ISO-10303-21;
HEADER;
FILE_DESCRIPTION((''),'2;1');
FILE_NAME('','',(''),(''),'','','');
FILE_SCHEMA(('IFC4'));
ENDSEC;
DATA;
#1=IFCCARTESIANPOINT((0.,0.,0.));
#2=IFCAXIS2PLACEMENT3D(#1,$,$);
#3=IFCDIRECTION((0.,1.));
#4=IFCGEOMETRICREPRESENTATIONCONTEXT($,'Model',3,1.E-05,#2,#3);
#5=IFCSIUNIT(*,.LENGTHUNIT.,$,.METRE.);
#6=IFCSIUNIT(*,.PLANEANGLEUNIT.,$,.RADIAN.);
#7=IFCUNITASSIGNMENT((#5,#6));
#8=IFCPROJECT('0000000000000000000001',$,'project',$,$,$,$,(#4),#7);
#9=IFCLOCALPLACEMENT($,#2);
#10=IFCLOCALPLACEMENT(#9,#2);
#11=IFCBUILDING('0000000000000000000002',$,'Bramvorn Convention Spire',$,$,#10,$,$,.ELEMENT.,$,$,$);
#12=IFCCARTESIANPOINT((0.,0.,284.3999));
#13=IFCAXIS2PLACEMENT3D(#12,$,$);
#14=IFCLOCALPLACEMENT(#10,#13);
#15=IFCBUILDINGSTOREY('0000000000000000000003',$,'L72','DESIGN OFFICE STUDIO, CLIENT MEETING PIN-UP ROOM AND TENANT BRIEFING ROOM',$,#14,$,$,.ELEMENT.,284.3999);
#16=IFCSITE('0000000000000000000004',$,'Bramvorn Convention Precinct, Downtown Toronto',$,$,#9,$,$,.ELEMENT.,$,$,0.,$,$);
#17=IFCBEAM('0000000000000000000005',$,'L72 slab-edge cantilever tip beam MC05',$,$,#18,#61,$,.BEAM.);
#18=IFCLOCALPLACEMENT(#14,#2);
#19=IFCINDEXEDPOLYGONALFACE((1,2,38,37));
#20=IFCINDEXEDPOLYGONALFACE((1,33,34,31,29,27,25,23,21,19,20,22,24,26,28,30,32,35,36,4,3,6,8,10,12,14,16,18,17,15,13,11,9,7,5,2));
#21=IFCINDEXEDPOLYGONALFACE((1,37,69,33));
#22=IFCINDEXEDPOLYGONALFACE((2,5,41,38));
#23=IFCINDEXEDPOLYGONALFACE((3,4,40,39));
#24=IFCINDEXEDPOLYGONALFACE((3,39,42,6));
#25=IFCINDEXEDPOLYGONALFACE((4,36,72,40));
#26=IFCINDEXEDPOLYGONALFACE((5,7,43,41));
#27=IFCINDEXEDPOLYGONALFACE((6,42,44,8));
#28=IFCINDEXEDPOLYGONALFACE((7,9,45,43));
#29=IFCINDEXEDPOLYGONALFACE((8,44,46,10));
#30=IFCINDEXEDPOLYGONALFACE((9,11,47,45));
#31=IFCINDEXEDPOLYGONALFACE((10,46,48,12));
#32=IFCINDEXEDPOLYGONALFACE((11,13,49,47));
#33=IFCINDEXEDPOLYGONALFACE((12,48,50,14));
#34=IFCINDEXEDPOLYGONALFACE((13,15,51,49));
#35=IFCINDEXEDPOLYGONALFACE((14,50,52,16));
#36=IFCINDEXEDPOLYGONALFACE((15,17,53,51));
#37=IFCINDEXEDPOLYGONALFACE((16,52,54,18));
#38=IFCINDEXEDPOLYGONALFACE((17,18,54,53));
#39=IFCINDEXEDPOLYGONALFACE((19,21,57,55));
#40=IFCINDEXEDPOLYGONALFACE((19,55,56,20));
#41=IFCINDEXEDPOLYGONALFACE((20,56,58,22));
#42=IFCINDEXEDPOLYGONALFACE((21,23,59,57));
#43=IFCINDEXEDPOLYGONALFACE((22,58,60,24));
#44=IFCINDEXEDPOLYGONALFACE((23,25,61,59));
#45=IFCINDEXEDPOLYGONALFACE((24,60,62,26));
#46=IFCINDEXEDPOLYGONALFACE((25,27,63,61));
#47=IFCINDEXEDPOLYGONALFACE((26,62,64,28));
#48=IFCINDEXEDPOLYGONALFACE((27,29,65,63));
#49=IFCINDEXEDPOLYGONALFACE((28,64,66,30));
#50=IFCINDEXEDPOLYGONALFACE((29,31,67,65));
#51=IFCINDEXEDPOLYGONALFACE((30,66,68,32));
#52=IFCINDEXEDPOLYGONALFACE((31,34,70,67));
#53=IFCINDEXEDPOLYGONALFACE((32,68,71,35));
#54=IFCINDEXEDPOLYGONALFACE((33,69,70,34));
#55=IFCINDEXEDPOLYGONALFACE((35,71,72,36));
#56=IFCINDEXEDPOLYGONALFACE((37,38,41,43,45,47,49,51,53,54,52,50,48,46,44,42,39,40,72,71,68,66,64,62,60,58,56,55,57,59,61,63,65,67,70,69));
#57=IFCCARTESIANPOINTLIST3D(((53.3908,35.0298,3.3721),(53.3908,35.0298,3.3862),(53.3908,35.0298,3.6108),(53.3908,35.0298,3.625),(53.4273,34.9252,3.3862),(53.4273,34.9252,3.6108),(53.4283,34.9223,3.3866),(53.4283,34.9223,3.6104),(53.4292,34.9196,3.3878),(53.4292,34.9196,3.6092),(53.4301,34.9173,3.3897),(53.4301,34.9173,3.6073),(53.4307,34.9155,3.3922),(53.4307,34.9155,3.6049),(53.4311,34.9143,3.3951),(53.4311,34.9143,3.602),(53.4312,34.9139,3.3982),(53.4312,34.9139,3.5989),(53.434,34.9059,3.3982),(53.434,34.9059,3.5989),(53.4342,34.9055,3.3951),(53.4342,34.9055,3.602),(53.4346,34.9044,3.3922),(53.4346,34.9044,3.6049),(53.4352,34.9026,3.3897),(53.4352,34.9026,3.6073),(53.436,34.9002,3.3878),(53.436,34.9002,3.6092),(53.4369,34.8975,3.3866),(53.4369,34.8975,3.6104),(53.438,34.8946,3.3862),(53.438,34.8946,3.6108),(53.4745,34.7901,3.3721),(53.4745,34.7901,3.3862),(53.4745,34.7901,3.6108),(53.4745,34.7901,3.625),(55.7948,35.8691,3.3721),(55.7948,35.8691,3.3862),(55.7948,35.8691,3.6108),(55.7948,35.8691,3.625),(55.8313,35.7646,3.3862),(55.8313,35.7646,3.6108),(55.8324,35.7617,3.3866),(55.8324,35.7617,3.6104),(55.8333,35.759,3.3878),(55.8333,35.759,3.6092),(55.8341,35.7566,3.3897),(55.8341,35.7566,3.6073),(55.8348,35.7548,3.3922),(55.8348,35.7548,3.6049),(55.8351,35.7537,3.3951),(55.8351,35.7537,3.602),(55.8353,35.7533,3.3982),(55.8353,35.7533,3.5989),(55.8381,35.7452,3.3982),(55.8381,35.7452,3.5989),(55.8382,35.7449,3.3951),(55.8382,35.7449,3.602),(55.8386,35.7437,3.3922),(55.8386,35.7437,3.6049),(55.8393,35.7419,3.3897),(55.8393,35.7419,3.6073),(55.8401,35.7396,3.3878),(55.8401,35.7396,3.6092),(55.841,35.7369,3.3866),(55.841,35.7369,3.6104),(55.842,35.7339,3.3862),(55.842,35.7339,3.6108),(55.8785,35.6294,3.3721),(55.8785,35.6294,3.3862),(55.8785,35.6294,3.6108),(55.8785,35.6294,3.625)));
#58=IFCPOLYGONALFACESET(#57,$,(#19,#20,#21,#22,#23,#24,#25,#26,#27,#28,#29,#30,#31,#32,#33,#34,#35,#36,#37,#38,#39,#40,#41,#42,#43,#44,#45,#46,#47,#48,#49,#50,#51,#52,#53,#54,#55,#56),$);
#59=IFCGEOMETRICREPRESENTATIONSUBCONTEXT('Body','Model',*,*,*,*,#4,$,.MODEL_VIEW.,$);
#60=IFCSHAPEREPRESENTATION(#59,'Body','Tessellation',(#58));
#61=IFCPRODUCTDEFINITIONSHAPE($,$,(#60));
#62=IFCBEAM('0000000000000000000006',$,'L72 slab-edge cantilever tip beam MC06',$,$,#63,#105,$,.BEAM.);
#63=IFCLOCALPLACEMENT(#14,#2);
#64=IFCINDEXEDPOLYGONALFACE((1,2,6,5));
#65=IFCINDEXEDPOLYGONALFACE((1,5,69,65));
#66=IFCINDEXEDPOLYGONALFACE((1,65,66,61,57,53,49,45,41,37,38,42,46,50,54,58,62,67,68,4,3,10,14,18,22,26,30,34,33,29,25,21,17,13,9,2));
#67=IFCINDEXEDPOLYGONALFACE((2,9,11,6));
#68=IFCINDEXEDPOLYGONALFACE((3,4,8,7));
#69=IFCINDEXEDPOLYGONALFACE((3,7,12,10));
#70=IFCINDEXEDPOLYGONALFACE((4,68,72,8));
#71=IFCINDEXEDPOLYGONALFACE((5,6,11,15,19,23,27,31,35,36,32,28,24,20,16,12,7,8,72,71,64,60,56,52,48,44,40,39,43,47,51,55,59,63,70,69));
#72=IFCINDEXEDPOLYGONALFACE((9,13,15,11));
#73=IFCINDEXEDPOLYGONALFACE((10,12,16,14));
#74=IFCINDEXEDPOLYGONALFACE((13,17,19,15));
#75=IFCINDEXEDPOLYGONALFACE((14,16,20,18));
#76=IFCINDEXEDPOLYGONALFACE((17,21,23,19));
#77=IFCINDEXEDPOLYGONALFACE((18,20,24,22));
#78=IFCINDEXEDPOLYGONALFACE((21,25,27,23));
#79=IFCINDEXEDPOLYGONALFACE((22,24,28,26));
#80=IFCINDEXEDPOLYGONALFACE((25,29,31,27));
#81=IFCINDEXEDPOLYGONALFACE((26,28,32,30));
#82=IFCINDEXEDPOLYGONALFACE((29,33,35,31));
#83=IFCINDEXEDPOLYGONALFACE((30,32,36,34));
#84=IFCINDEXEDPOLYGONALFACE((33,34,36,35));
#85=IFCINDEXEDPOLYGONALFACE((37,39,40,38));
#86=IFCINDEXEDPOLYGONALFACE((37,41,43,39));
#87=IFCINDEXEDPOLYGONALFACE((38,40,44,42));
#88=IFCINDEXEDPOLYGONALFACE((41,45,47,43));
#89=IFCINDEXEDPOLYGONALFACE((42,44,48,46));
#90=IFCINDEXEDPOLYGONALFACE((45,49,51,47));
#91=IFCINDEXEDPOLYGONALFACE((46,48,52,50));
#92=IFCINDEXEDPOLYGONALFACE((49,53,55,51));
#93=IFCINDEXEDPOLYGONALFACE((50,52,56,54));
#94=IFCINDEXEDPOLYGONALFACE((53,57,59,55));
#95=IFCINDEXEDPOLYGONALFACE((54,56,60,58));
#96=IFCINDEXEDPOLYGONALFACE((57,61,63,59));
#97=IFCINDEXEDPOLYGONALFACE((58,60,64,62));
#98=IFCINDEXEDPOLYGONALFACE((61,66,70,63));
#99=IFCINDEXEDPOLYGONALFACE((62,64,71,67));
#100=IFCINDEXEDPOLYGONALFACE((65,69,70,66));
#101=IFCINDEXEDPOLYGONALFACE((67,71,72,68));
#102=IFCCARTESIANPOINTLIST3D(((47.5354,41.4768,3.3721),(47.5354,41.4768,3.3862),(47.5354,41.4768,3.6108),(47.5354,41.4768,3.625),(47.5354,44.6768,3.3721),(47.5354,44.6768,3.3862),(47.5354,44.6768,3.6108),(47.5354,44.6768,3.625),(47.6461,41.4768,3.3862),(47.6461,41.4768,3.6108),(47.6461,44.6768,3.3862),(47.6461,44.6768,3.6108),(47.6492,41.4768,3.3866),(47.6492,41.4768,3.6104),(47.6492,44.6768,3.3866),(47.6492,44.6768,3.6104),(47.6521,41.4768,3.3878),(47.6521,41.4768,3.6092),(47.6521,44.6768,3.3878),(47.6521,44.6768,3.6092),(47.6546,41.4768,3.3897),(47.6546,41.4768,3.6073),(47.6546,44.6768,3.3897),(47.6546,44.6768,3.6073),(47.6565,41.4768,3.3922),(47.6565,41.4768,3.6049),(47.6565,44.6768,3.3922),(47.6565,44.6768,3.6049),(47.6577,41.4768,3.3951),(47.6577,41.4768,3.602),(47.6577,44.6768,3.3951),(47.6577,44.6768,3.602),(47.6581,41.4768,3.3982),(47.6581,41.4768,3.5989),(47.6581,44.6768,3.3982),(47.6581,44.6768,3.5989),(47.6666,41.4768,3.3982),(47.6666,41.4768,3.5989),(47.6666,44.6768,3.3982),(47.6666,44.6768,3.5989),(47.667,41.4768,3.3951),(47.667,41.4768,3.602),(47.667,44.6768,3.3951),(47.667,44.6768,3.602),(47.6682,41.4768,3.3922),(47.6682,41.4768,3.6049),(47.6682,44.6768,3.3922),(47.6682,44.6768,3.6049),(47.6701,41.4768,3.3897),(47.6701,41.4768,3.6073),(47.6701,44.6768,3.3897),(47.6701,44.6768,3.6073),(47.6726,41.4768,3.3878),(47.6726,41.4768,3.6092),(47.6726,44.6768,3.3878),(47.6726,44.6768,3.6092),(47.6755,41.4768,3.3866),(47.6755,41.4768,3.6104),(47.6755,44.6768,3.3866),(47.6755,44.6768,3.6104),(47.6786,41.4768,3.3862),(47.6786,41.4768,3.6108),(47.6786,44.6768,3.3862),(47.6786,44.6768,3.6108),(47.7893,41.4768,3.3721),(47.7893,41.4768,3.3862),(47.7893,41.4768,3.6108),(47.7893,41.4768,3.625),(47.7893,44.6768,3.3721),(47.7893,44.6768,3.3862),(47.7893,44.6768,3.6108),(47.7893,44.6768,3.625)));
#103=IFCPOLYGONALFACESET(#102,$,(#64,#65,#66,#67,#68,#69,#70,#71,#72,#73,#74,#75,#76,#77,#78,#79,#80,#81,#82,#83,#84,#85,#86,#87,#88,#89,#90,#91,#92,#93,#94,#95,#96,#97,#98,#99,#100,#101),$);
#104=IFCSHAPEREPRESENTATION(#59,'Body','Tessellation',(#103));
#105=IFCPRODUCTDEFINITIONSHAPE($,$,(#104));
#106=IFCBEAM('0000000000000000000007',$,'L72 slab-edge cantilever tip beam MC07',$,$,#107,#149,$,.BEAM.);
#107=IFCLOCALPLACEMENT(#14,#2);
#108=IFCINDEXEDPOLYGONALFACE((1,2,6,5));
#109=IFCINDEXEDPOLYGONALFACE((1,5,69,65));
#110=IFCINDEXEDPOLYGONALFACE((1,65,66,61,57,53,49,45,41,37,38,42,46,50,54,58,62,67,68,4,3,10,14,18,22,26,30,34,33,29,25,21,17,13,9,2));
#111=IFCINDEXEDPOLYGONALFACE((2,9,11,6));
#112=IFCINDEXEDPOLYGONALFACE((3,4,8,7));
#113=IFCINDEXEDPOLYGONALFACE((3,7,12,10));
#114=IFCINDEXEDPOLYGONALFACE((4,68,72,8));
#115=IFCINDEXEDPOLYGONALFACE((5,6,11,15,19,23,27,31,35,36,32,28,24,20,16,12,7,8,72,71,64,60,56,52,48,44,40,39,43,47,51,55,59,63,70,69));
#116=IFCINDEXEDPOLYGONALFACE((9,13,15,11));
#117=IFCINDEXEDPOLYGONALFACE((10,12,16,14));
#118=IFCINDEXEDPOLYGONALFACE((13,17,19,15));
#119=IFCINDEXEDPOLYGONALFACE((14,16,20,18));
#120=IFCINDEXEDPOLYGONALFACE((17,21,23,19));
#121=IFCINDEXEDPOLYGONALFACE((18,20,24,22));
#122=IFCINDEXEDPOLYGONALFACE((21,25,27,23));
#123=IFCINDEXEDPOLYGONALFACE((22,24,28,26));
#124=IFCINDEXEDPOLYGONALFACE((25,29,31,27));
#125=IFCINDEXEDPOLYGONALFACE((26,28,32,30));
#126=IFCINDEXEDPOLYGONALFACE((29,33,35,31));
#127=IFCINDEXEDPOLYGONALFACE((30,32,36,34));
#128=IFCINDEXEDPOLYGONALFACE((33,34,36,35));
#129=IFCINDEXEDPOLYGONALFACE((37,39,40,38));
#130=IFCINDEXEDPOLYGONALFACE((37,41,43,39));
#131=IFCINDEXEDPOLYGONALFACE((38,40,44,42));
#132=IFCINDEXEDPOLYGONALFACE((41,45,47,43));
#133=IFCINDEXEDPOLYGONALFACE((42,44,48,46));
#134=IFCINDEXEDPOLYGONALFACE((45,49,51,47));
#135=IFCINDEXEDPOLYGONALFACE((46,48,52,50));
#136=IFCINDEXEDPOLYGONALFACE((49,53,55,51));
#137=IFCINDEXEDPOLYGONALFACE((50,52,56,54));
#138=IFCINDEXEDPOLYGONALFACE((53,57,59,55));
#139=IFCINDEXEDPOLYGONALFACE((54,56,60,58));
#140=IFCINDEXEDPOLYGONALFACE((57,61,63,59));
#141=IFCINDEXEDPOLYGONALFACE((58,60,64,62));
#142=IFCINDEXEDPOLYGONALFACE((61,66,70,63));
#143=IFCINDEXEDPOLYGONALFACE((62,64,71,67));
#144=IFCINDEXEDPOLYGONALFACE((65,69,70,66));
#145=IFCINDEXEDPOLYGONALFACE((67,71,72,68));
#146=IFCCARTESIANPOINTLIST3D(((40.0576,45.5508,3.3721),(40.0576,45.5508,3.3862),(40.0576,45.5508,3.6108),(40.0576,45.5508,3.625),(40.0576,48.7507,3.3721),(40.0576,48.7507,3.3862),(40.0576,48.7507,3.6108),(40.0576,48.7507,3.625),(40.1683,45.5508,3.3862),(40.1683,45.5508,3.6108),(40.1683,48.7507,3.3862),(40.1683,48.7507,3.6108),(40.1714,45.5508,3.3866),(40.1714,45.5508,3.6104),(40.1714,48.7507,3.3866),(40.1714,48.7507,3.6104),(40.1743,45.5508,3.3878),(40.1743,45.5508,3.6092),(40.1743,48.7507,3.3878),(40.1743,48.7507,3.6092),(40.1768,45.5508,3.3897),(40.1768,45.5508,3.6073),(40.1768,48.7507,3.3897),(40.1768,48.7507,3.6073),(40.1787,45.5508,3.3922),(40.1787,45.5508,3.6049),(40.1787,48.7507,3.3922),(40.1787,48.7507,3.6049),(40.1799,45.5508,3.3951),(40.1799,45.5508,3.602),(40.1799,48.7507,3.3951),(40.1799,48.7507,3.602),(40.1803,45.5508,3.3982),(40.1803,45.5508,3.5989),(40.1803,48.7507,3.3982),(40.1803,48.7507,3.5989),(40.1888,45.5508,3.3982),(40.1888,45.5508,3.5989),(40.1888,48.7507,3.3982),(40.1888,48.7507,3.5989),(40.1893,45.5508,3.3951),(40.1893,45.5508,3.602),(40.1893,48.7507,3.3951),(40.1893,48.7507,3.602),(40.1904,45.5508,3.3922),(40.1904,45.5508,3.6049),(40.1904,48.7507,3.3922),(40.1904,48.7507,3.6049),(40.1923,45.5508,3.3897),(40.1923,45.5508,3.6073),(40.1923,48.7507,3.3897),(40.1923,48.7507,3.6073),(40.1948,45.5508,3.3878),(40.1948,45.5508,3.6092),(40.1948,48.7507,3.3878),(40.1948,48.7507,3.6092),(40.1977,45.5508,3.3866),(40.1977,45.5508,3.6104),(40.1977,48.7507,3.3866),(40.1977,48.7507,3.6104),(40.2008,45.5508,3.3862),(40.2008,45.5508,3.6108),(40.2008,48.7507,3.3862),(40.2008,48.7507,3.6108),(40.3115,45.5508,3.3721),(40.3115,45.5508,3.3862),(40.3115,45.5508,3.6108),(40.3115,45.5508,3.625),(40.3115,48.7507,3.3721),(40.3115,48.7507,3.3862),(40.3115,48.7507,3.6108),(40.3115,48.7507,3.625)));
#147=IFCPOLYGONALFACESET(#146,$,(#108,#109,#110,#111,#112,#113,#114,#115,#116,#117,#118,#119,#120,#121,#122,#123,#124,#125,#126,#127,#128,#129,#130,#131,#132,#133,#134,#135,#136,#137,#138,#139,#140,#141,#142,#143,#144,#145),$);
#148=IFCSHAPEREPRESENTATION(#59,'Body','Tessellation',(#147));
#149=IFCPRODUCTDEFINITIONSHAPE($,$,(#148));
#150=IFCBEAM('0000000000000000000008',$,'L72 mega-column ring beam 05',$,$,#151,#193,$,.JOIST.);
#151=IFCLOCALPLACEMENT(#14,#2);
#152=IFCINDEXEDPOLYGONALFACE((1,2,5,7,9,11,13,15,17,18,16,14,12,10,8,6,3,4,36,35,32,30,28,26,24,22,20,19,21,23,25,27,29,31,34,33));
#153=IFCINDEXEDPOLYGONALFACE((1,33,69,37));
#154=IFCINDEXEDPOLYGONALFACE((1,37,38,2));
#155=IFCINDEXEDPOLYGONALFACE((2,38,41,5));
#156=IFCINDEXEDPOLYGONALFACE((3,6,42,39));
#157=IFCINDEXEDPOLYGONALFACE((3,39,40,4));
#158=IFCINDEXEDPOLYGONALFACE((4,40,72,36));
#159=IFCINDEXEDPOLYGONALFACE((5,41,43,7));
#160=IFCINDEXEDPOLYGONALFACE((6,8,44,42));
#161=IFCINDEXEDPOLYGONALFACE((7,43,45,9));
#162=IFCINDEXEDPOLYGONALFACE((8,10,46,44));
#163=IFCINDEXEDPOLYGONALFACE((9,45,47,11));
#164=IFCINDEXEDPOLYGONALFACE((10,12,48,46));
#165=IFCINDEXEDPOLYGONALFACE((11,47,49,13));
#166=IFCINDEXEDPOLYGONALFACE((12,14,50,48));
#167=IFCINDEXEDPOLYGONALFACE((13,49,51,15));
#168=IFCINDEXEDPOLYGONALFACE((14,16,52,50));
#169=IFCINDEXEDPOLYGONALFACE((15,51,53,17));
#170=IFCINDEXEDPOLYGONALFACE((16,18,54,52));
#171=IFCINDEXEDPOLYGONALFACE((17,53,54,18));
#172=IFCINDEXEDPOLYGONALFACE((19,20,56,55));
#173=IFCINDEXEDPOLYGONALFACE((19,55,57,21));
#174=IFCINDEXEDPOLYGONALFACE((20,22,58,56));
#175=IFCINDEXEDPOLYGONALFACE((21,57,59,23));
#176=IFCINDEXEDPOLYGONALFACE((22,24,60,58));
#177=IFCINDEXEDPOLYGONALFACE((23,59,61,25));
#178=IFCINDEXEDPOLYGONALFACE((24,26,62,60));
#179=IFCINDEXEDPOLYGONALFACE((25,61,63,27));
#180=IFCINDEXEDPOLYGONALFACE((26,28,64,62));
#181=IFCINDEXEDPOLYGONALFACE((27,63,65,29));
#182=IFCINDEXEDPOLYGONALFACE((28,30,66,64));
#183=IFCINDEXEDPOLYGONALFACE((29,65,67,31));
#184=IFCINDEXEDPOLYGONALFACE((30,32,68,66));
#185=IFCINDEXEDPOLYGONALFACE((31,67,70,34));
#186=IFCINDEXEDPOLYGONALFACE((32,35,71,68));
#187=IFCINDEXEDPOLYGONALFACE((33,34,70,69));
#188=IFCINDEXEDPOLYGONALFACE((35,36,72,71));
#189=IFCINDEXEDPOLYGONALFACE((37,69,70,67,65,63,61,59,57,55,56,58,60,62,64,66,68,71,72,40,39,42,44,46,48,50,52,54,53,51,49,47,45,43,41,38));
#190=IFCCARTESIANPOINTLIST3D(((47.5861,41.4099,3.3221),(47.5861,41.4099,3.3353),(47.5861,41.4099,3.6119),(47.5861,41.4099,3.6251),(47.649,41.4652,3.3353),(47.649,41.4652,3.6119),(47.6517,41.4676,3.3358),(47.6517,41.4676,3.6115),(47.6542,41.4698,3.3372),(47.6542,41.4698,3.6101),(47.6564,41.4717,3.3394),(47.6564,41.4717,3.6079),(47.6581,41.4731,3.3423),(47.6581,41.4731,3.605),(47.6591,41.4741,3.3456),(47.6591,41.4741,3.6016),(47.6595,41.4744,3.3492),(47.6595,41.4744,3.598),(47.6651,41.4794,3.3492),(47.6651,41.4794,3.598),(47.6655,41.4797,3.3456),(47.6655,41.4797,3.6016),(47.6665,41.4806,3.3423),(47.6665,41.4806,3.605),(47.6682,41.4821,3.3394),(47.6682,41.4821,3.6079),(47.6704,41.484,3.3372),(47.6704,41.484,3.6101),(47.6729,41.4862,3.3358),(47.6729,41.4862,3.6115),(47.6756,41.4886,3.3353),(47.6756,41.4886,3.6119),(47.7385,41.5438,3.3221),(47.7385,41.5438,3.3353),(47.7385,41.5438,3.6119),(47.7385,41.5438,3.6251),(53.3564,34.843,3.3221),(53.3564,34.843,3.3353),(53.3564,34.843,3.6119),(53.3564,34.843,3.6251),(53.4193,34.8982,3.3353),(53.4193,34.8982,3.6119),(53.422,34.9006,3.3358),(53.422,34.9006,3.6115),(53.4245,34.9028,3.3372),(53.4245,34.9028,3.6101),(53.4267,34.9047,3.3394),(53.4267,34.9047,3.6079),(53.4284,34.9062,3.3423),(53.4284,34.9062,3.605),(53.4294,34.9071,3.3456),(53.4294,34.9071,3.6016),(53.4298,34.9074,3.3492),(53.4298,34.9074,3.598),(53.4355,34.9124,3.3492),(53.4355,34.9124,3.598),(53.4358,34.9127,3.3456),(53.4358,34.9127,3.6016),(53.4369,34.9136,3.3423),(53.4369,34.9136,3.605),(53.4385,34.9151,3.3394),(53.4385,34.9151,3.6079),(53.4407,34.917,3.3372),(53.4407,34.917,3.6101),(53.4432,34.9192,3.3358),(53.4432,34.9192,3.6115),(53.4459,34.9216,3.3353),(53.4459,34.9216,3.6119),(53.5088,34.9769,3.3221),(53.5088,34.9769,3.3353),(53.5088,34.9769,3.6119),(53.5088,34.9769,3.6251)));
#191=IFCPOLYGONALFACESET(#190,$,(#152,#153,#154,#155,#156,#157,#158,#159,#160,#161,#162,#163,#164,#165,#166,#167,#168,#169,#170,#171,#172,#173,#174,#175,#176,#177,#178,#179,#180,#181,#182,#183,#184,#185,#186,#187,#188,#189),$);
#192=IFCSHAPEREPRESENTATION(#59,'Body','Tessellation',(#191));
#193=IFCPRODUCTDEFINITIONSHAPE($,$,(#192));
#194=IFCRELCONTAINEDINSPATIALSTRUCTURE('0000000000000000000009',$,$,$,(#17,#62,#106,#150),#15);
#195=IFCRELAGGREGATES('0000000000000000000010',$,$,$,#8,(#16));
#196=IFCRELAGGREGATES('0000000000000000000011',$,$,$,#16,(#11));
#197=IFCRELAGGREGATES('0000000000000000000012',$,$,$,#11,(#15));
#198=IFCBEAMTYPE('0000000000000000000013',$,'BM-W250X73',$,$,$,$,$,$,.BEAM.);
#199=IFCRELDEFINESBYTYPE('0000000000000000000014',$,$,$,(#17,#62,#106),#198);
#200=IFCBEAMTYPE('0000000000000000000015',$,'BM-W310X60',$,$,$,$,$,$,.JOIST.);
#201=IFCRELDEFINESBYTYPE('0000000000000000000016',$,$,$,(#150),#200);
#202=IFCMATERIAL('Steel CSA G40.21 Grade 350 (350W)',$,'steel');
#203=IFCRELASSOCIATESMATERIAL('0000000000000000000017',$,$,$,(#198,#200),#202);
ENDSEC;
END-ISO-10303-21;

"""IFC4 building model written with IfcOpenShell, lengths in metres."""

from ifc_helpers import new_model, si_unit, direction, frame, origin, origin_2d, place, context, subcontext, project, spatial, i_section, extrude, material, material_profile, profile_set, type_object, element, save


model = new_model("IFC4")

# Units and contexts
model_context = context("Model", 3, precision=1e-05, world=origin(), true_north=direction((0.0, 1.0)))
body_context = subcontext(model_context, "Body", "Model", "MODEL_VIEW")
ifc_project = project(units=[si_unit("LENGTHUNIT", "METRE"), si_unit("PLANEANGLEUNIT", "RADIAN")], contexts=[model_context])

# Site, building, storey
site_placement = place(None, origin())
site = spatial("IfcSite", under=ifc_project, at=site_placement, Name="Bramvorn Convention Precinct, Downtown Toronto", CompositionType="ELEMENT", RefElevation=0.0)
building_placement = place(site_placement, origin())
building = spatial("IfcBuilding", under=site, at=building_placement, Name="Bramvorn Convention Spire", CompositionType="ELEMENT")
storey_placement = place(building_placement, frame((0.0, 0.0, 284.3999)))
storey = spatial("IfcBuildingStorey", under=building, at=storey_placement, Name="L72", Description="DESIGN OFFICE STUDIO, CLIENT MEETING PIN-UP ROOM AND TENANT BRIEFING ROOM", CompositionType="ELEMENT", Elevation=284.3999)

# Shared definitions
ifc_material_1 = material(Name="Steel CSA G40.21 Grade 350 (350W)", Category="steel")

# Beams
ifc_material_profile_1 = material_profile(ifc_material_1, i_section(OverallWidth=0.2539, OverallDepth=0.2529, WebThickness=0.0085, FlangeThickness=0.0142, FilletRadius=0.012, at=origin_2d()))
ifc_profile_set_1 = profile_set([ifc_material_profile_1], Name="Steel CSA G40.21 Grade 350 (350W) - W250X73")
beam_type_1 = type_object("IfcBeamType", Name="BM-W250X73", PredefinedType="BEAM", material=ifc_profile_set_1)
beam_1_placement = place(storey_placement, frame((53.4326, 34.9099, 3.4985), z_axis=(0.944111, 0.329629, 0.0), x_axis=(-0.329629, 0.944111, 0.0)))
element("IfcBeam", 1, at=beam_1_placement, inside=storey, type_object=beam_type_1, Name="L72 slab-edge cantilever tip beam MC05", PredefinedType="BEAM", context=body_context, shape_type="SweptSolid", body=[
    extrude(i_section(OverallWidth=0.2539, OverallDepth=0.2529, WebThickness=0.0085, FlangeThickness=0.0142, FilletRadius=0.012, at=origin_2d()), origin(), (0.0, 0.0, 1.0), 2.5464),
])
for number, where, z_axis, x_axis, name in (
    (2, (47.6624, 41.4768, 3.4985), (0.0, 1.0, 0.0), (-1.0, 0.0, 0.0), "L72 slab-edge cantilever tip beam MC06"),
    (3, (40.1846, 45.5508, 3.4985), (0.0, 1.0, 0.0), (-1.0, 0.0, 0.0), "L72 slab-edge cantilever tip beam MC07"),
):
    element("IfcBeam", number, at=place(storey_placement, frame(where, z_axis=z_axis, x_axis=x_axis)), inside=storey, type_object=beam_type_1, Name=name, PredefinedType="BEAM", context=body_context, shape_type="SweptSolid", body=[
        extrude(i_section(OverallWidth=0.2539, OverallDepth=0.2529, WebThickness=0.0085, FlangeThickness=0.0142, FilletRadius=0.012, at=origin_2d()), origin(), (0.0, 0.0, 1.0), 3.2),
    ])
ifc_material_profile_2 = material_profile(ifc_material_1, i_section(OverallWidth=0.2029, OverallDepth=0.303, WebThickness=0.0076, FlangeThickness=0.0132, FilletRadius=0.0139, at=origin_2d()))
ifc_profile_set_2 = profile_set([ifc_material_profile_2], Name="Steel CSA G40.21 Grade 350 (350W) - W310X60")
beam_type_2 = type_object("IfcBeamType", Name="BM-W310X60", PredefinedType="JOIST", material=ifc_profile_set_2)
beam_2_placement = place(storey_placement, frame((53.4326, 34.9099, 3.4736), z_axis=(-0.660073, 0.751201, 0.0), x_axis=(-0.751201, -0.660073, 0.0)))
element("IfcBeam", 4, at=beam_2_placement, inside=storey, type_object=beam_type_2, Name="L72 mega-column ring beam 05", PredefinedType="JOIST", context=body_context, shape_type="SweptSolid", body=[
    extrude(i_section(OverallWidth=0.2029, OverallDepth=0.303, WebThickness=0.0076, FlangeThickness=0.0132, FilletRadius=0.0139, at=origin_2d()), origin(), (0.0, 0.0, 1.0), 8.7419),
])

save(model, "model.ifc")
